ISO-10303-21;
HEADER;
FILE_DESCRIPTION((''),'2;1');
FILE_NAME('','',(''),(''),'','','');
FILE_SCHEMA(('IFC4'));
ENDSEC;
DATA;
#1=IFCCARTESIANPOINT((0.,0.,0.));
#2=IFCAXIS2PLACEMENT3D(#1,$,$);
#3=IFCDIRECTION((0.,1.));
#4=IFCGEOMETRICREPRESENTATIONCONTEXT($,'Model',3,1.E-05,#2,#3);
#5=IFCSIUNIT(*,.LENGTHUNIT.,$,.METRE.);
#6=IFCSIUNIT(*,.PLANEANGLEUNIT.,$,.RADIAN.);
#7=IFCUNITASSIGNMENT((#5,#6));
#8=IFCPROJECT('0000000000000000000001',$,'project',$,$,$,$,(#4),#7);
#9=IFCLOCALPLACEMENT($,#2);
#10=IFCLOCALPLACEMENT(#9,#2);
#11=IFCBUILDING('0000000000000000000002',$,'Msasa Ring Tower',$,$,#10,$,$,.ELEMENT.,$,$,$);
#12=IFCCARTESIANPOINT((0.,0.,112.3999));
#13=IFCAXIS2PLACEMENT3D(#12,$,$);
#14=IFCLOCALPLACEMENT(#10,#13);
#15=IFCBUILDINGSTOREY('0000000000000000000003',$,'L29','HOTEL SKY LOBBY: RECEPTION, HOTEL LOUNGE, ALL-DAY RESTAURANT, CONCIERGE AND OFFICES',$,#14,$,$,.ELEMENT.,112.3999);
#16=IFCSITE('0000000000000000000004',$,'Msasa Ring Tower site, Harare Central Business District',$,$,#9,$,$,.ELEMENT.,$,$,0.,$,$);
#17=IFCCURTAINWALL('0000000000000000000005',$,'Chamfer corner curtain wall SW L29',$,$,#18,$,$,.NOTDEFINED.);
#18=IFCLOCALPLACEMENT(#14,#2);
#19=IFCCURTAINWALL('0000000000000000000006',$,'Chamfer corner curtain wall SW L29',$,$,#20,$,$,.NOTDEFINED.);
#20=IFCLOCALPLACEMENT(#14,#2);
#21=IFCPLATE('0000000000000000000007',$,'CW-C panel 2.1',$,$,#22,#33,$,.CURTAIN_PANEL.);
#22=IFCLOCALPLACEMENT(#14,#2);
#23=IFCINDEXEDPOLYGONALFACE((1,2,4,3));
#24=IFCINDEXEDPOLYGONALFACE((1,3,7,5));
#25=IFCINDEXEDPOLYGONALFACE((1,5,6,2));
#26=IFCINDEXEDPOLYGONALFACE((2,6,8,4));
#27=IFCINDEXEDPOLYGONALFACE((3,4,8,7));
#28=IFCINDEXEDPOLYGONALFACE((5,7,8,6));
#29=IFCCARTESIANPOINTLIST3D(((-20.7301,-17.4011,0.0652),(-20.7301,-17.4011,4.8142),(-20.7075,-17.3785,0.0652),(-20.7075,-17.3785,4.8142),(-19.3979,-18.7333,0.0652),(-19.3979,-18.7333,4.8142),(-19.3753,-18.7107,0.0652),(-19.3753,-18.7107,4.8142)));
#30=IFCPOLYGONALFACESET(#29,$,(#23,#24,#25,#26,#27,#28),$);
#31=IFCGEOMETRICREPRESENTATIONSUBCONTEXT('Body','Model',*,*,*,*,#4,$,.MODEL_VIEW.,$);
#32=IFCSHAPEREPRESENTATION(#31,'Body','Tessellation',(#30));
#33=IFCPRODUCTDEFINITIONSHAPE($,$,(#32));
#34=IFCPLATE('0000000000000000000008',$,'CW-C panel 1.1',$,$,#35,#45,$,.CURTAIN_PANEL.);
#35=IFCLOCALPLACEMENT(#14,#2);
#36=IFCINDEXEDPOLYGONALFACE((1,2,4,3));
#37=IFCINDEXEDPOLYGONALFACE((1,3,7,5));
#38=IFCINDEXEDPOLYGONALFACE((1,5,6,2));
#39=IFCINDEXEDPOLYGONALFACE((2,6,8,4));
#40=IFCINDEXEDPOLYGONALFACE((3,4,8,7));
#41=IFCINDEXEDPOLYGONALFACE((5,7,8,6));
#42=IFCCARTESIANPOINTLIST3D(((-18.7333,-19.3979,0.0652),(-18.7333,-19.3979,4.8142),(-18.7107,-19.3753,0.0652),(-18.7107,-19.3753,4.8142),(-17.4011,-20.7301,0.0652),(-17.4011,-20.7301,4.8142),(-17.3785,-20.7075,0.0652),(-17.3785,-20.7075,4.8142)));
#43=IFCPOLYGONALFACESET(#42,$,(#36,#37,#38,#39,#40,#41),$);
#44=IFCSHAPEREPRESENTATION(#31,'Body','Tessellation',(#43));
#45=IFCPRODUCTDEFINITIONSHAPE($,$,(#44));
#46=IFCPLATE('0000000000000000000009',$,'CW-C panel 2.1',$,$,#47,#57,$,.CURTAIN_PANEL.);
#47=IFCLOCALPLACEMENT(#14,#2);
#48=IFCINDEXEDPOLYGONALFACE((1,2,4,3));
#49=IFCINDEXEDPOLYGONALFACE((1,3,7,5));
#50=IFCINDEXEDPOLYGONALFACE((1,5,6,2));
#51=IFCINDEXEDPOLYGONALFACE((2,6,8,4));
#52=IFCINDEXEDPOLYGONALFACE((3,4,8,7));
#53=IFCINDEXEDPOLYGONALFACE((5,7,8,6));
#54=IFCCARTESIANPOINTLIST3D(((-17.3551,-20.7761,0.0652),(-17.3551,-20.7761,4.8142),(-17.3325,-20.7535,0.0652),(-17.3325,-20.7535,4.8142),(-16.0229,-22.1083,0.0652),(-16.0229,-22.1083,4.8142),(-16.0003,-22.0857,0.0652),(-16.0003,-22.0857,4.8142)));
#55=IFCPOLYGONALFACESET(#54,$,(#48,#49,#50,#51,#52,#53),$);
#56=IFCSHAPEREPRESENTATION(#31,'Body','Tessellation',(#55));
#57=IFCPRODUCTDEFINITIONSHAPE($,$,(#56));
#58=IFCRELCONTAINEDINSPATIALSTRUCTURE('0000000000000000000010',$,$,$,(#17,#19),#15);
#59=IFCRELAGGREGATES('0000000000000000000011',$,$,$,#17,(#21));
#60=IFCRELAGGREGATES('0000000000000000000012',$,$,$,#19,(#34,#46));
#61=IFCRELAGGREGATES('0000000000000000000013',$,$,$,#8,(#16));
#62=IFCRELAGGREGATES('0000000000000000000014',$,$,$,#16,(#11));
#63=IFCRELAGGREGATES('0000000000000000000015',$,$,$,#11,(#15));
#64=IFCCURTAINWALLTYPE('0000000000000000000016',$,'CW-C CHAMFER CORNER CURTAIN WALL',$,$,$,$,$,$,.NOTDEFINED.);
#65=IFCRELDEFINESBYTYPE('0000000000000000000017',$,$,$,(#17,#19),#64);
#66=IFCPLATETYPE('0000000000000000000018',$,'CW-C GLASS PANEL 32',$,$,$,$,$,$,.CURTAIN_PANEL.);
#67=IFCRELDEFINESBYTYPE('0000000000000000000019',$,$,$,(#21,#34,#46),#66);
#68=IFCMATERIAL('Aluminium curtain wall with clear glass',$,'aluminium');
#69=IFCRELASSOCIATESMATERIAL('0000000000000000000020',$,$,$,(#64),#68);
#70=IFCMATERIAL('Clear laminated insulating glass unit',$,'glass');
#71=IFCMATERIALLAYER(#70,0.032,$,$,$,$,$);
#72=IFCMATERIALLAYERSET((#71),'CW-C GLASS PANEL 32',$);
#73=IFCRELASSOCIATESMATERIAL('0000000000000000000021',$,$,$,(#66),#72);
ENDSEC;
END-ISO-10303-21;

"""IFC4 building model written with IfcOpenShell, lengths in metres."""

from ifc_helpers import new_model, si_unit, direction, frame, origin, origin_2d, place, context, subcontext, project, spatial, rectangle, extrude, material, layer, layer_set, type_object, element, aggregate, save


model = new_model("IFC4")

# Units and contexts
model_context = context("Model", 3, precision=1e-05, world=origin(), true_north=direction((0.0, 1.0)))
body_context = subcontext(model_context, "Body", "Model", "MODEL_VIEW")
ifc_project = project(units=[si_unit("LENGTHUNIT", "METRE"), si_unit("PLANEANGLEUNIT", "RADIAN")], contexts=[model_context])

# Site, building, storey
site_placement = place(None, origin())
site = spatial("IfcSite", under=ifc_project, at=site_placement, Name="Msasa Ring Tower site, Harare Central Business District", CompositionType="ELEMENT", RefElevation=0.0)
building_placement = place(site_placement, origin())
building = spatial("IfcBuilding", under=site, at=building_placement, Name="Msasa Ring Tower", CompositionType="ELEMENT")
storey_placement = place(building_placement, frame((0.0, 0.0, 112.3999)))
storey = spatial("IfcBuildingStorey", under=building, at=storey_placement, Name="L29", Description="HOTEL SKY LOBBY: RECEPTION, HOTEL LOUNGE, ALL-DAY RESTAURANT, CONCIERGE AND OFFICES", CompositionType="ELEMENT", Elevation=112.3999)

# Curtain wall
ifc_material_1 = material(Name="Aluminium curtain wall with clear glass", Category="aluminium")
curtain_wall_type_1 = type_object("IfcCurtainWallType", Name="CW-C CHAMFER CORNER CURTAIN WALL", PredefinedType="NOTDEFINED", material=ifc_material_1)
curtain_wall_1_placement = place(storey_placement, origin())
curtain_wall_1 = element("IfcCurtainWall", 1, at=curtain_wall_1_placement, inside=storey, type_object=curtain_wall_type_1, Name="Chamfer corner curtain wall SW L29", PredefinedType="NOTDEFINED")

# Curtain wall
curtain_wall_2_placement = place(storey_placement, origin())
curtain_wall_2 = element("IfcCurtainWall", 2, at=curtain_wall_2_placement, inside=storey, type_object=curtain_wall_type_1, Name="Chamfer corner curtain wall SW L29", PredefinedType="NOTDEFINED")

# Plates
ifc_material_2 = material(Name="Clear laminated insulating glass unit", Category="glass")
ifc_layer = layer(ifc_material_2, 0.032)
ifc_layer_set = layer_set([ifc_layer], Name="CW-C GLASS PANEL 32")
plate_type = type_object("IfcPlateType", Name="CW-C GLASS PANEL 32", PredefinedType="CURTAIN_PANEL", material=ifc_layer_set)
plate_1_placement = place(storey_placement, frame((-20.0527, -18.0559, 0.0652), z_axis=(0.0, 0.0, 1.0), x_axis=(0.707107, -0.707107, 0.0)))
plate_1 = element("IfcPlate", 3, at=plate_1_placement, type_object=plate_type, Name="CW-C panel 2.1", PredefinedType="CURTAIN_PANEL", context=body_context, shape_type="SweptSolid", body=[
    extrude(rectangle(XDim=1.884, YDim=0.032, at=origin_2d()), origin(), (0.0, 0.0, 1.0), 4.749),
])
aggregate(curtain_wall_1, [plate_1])
plate_2_placement = place(storey_placement, frame((-18.0559, -20.0527, 0.0652), z_axis=(0.0, 0.0, 1.0), x_axis=(0.707107, -0.707107, 0.0)))
plate_2 = element("IfcPlate", 4, at=plate_2_placement, type_object=plate_type, Name="CW-C panel 1.1", PredefinedType="CURTAIN_PANEL", context=body_context, shape_type="SweptSolid", body=[
    extrude(rectangle(XDim=1.884, YDim=0.032, at=origin_2d()), origin(), (0.0, 0.0, 1.0), 4.749),
])
plate_3_placement = place(storey_placement, frame((-16.6777, -21.4309, 0.0652), z_axis=(0.0, 0.0, 1.0), x_axis=(0.707107, -0.707107, 0.0)))
plate_3 = element("IfcPlate", 5, at=plate_3_placement, type_object=plate_type, Name="CW-C panel 2.1", PredefinedType="CURTAIN_PANEL", context=body_context, shape_type="SweptSolid", body=[
    extrude(rectangle(XDim=1.884, YDim=0.032, at=origin_2d()), origin(), (0.0, 0.0, 1.0), 4.749),
])
aggregate(curtain_wall_2, [plate_2, plate_3])

save(model, "model.ifc")
